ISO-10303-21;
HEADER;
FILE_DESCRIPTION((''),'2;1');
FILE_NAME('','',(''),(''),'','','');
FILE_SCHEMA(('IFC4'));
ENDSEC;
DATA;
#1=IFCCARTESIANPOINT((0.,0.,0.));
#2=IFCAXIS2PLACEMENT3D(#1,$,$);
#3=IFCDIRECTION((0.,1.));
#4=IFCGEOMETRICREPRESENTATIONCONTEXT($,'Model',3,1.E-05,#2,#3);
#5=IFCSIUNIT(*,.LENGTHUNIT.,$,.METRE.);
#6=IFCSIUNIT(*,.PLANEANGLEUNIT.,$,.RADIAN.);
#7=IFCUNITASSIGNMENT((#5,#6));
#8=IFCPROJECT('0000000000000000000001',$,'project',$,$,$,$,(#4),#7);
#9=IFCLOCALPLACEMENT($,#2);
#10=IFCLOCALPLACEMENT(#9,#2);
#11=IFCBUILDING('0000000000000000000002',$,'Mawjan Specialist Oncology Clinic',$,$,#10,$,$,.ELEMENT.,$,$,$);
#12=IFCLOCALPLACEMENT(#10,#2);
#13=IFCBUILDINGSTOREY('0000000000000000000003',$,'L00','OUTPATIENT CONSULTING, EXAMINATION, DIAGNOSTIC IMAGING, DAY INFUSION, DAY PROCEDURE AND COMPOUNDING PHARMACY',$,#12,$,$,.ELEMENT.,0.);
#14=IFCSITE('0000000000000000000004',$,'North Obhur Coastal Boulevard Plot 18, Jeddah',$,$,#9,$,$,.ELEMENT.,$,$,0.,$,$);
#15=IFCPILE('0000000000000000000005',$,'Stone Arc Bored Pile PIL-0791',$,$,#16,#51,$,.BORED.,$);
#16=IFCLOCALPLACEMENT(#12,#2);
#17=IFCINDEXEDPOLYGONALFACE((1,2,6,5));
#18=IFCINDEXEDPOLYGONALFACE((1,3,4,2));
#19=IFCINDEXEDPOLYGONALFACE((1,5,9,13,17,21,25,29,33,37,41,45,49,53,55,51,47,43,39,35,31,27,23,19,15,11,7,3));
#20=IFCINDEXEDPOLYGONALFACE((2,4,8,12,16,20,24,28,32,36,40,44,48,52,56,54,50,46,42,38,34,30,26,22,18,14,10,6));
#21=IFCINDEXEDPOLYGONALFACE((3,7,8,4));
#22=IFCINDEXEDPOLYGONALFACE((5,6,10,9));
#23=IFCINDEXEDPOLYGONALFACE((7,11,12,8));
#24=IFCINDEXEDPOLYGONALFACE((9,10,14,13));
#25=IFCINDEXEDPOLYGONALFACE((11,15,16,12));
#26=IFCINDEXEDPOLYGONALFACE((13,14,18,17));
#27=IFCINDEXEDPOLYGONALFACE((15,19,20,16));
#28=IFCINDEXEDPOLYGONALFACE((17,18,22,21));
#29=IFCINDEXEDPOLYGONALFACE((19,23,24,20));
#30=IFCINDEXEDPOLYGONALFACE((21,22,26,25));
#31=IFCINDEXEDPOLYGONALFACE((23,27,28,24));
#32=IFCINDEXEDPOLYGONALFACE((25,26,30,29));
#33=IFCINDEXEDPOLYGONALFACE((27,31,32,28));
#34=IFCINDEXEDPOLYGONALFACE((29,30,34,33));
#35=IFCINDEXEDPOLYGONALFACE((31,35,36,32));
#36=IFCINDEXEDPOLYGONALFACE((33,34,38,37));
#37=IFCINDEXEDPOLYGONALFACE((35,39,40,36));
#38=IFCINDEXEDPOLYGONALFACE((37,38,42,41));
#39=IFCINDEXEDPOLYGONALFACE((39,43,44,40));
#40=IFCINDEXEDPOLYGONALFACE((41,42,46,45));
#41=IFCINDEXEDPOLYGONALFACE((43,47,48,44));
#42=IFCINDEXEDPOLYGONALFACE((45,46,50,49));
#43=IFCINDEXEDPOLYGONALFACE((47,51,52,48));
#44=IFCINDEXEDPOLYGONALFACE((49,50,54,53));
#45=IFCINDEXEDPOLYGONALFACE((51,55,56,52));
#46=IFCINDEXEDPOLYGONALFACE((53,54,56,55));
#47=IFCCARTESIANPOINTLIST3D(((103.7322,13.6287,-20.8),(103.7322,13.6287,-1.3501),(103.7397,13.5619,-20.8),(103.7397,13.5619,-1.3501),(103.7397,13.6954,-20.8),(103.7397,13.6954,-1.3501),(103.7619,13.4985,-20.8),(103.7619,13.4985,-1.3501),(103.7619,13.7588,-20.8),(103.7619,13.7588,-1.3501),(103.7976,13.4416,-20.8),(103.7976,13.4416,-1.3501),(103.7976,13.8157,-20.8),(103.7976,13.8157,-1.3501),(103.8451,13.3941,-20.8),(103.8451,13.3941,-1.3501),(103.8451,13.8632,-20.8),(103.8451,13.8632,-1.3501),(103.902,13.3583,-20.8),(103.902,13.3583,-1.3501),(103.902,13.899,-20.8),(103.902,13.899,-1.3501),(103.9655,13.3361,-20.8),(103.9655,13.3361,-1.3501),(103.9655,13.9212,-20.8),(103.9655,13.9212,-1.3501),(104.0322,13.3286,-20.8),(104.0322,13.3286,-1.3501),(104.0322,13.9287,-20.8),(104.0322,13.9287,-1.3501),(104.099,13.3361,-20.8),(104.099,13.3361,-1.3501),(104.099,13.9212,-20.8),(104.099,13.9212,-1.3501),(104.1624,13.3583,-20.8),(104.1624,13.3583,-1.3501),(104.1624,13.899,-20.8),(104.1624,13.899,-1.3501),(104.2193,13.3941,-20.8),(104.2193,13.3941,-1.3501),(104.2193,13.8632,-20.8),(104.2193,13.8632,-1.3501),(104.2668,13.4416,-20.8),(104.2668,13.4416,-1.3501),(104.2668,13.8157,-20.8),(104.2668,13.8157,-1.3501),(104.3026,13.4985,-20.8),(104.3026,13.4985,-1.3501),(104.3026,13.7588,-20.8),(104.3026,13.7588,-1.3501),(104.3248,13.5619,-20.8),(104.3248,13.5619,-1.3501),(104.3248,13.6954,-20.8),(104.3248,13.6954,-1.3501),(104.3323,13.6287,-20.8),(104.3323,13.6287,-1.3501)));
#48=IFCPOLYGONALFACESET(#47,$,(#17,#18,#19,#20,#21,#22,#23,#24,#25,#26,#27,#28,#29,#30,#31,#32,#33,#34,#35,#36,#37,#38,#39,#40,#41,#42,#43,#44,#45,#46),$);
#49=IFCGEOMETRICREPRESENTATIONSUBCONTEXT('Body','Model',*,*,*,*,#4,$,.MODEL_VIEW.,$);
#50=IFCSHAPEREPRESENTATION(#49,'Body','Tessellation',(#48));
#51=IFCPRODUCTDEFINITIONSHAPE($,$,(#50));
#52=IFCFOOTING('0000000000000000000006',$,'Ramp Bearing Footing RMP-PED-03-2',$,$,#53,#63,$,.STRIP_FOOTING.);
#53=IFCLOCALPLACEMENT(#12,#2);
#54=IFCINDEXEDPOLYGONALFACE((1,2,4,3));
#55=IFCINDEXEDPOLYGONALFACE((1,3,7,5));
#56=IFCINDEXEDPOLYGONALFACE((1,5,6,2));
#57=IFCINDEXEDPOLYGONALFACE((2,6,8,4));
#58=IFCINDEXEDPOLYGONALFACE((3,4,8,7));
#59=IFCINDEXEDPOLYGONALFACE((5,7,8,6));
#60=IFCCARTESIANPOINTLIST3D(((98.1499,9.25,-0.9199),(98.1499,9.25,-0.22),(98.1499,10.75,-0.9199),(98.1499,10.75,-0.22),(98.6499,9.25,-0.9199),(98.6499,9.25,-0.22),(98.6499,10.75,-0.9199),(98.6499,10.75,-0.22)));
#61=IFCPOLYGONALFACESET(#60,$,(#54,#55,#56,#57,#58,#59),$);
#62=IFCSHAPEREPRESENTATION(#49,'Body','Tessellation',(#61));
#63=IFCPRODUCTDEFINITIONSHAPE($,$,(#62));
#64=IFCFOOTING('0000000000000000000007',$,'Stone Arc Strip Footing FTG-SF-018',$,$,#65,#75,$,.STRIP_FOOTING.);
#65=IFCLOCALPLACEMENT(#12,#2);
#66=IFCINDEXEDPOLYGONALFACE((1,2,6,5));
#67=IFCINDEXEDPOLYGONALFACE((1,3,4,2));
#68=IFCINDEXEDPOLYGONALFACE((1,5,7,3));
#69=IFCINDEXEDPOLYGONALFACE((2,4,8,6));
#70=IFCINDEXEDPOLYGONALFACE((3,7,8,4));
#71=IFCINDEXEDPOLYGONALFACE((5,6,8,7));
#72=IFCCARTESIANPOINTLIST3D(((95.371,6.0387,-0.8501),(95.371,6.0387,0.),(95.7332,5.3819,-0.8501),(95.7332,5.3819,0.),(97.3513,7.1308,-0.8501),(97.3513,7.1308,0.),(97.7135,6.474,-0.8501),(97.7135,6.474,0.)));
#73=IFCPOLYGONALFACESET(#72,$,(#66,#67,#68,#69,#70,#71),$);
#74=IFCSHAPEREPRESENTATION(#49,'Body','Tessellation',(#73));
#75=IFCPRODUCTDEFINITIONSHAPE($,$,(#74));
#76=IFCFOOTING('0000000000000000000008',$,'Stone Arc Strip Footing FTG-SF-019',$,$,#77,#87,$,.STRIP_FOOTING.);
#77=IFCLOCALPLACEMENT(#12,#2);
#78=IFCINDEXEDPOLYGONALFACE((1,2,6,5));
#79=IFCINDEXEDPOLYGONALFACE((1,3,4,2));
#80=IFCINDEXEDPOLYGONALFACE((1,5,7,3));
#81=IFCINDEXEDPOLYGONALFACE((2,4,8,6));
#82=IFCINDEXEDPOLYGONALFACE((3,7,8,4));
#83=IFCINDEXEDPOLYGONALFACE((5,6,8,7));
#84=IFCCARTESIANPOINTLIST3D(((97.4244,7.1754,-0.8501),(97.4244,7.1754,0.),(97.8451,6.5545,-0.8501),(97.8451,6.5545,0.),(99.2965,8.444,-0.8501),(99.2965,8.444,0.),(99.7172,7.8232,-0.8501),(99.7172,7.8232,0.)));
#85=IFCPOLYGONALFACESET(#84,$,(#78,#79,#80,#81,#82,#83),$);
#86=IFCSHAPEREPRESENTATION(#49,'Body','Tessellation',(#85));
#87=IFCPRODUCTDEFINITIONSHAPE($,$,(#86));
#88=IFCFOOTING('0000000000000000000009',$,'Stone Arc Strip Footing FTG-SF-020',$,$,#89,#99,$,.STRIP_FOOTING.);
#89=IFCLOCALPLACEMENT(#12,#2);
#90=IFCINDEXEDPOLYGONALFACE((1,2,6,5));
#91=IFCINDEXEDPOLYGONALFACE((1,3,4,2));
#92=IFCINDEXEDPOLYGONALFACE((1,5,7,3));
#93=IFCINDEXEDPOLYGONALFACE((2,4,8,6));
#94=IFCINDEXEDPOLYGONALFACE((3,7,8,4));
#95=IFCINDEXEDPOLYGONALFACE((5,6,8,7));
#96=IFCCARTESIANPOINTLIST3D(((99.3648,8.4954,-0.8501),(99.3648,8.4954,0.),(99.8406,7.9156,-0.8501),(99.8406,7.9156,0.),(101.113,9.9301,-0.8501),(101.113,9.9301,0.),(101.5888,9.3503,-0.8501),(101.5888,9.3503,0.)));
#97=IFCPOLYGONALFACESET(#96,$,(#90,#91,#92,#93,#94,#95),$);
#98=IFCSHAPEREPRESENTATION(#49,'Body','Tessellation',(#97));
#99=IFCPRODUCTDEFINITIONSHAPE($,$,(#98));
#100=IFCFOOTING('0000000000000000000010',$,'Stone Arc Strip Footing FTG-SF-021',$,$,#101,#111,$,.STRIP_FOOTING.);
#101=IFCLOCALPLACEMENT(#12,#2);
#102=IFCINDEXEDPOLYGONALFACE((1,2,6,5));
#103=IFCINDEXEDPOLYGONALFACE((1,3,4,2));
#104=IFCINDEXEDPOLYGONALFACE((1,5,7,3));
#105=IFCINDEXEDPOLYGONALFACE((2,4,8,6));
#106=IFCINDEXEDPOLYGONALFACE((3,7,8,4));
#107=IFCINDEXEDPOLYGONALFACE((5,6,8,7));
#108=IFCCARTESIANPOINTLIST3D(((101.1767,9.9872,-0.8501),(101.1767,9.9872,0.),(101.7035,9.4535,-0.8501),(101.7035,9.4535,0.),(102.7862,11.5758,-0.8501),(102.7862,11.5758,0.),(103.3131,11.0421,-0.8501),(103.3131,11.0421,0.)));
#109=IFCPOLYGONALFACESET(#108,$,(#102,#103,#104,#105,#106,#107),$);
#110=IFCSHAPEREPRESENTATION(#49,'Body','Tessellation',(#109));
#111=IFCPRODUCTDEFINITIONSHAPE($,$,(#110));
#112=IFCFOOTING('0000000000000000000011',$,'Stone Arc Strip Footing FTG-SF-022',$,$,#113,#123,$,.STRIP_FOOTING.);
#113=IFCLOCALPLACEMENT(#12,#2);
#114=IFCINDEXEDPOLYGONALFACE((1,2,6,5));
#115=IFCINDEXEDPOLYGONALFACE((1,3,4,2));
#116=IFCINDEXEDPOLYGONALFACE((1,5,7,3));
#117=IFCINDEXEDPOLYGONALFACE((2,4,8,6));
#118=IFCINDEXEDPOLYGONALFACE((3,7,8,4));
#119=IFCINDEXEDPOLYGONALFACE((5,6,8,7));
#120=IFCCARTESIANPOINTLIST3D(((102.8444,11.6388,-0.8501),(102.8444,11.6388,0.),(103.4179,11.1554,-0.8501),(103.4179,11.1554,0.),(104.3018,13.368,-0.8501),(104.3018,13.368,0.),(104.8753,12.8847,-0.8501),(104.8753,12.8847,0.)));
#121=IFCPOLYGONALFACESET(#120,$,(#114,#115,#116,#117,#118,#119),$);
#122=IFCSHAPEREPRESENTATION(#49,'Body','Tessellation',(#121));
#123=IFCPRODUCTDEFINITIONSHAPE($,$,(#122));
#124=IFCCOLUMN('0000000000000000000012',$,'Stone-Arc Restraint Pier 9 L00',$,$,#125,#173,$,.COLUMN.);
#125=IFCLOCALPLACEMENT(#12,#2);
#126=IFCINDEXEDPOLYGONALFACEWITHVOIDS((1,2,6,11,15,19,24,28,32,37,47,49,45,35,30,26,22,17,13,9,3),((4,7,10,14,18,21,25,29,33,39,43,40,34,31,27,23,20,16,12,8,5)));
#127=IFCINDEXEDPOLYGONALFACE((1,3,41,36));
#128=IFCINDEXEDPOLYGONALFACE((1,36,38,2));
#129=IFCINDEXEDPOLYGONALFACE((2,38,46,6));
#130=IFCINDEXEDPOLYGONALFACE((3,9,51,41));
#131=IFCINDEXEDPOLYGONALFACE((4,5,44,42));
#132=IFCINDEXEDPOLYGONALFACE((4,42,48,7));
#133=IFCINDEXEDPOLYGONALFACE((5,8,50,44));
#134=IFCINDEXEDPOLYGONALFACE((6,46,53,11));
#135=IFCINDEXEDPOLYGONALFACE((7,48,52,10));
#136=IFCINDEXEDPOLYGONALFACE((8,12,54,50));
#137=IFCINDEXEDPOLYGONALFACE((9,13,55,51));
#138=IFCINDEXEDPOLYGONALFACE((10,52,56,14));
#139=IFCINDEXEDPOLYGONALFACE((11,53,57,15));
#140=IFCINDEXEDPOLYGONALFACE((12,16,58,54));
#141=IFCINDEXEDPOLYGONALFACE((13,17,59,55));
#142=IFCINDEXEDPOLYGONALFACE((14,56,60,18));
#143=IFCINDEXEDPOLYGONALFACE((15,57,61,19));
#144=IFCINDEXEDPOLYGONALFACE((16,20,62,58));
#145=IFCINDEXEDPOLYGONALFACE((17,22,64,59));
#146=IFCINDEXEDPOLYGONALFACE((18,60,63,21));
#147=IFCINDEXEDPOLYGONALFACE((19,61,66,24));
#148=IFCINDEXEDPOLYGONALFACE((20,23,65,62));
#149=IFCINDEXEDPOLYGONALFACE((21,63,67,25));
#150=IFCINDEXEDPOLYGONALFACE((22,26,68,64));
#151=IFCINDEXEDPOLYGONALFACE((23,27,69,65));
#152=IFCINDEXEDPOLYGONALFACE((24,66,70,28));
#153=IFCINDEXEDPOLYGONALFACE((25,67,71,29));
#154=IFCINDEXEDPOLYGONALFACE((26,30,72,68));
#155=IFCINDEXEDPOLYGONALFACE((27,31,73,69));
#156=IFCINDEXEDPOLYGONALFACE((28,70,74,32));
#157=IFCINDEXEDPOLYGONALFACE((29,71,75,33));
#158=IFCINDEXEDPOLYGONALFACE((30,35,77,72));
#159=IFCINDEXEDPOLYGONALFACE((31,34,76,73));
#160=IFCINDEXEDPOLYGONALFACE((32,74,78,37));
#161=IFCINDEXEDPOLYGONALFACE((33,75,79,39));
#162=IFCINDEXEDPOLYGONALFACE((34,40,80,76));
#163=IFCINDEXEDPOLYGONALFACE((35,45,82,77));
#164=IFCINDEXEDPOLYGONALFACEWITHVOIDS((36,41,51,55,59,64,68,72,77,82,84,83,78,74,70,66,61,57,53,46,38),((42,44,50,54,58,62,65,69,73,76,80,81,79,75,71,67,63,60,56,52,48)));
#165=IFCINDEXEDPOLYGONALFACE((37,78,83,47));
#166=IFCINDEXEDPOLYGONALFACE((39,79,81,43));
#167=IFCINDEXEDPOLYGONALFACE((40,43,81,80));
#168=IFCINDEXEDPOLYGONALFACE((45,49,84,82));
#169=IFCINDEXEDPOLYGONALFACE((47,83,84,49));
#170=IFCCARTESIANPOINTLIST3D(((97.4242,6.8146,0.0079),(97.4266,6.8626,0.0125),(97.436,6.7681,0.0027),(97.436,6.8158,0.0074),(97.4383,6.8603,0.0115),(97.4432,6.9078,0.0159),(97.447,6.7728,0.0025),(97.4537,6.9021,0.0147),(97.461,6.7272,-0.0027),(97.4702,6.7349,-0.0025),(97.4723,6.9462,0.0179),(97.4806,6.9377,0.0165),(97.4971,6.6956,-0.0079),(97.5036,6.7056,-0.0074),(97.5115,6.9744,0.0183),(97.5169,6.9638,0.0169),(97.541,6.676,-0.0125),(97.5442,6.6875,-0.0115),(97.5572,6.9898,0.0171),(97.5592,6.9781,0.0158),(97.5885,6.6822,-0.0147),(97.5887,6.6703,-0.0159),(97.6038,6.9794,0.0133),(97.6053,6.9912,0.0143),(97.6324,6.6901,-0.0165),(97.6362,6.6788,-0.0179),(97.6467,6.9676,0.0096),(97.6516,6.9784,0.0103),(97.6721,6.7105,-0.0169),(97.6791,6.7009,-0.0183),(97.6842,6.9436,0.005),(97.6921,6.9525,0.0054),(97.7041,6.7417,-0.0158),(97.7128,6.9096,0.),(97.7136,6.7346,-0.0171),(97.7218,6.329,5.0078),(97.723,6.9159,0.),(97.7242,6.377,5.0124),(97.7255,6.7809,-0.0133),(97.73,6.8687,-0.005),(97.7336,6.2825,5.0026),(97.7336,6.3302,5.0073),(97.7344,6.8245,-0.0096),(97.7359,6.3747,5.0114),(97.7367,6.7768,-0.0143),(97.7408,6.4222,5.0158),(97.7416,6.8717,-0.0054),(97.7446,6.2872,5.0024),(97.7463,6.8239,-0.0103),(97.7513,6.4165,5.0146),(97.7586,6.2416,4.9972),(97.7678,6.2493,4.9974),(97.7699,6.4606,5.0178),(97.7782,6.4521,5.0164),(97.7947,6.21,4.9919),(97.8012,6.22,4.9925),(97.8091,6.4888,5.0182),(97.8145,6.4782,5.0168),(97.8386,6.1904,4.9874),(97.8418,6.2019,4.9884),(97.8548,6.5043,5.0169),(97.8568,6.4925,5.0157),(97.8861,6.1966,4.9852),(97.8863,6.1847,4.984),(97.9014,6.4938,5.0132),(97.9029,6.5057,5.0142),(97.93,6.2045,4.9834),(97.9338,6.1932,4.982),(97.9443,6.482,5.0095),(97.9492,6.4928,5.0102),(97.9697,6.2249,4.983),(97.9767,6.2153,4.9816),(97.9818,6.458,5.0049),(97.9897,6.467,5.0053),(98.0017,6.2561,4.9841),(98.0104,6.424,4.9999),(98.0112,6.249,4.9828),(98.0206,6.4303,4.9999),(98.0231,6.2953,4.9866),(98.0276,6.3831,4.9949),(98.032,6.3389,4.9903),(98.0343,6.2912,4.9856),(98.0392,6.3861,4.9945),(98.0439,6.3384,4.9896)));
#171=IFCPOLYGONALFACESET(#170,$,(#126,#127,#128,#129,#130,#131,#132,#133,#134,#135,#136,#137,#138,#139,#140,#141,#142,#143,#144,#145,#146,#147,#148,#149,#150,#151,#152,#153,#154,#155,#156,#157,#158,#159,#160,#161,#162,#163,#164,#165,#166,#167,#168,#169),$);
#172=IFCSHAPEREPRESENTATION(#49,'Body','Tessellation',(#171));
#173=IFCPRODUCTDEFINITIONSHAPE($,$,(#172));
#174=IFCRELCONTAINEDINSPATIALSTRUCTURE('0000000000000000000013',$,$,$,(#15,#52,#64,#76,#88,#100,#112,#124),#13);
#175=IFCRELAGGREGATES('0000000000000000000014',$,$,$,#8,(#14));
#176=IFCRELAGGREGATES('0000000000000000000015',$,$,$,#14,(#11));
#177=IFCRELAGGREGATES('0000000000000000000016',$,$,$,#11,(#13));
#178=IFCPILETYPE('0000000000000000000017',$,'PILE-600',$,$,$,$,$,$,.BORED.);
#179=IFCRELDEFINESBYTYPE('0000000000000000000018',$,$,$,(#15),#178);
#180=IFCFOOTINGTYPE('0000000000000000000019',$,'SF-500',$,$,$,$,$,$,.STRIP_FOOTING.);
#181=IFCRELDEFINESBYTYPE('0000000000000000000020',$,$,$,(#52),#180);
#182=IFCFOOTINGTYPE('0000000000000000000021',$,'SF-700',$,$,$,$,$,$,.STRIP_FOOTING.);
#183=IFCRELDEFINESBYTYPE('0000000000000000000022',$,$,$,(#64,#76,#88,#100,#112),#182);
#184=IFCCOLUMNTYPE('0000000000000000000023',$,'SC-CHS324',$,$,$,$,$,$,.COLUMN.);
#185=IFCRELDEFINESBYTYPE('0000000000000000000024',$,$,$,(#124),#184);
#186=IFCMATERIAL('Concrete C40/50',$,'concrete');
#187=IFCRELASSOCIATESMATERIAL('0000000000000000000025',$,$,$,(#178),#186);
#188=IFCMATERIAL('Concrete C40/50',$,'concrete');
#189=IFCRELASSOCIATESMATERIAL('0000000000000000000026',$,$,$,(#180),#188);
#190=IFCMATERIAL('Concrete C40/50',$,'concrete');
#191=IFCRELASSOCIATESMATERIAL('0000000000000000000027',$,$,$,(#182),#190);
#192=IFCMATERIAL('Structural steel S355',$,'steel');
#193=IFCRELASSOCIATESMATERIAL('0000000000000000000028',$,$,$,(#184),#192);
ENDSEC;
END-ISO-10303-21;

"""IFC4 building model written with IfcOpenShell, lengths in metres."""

from ifc_helpers import new_model, si_unit, direction, frame, origin, origin_2d, place, context, subcontext, project, spatial, rectangle, circle, hollow_circle, extrude, material, material_profile, profile_set, type_object, element, save


model = new_model("IFC4")

# Units and contexts
model_context = context("Model", 3, precision=1e-05, world=origin(), true_north=direction((0.0, 1.0)))
body_context = subcontext(model_context, "Body", "Model", "MODEL_VIEW")
ifc_project = project(units=[si_unit("LENGTHUNIT", "METRE"), si_unit("PLANEANGLEUNIT", "RADIAN")], contexts=[model_context])

# Site, building, storey
site_placement = place(None, origin())
site = spatial("IfcSite", under=ifc_project, at=site_placement, Name="North Obhur Coastal Boulevard Plot 18, Jeddah", CompositionType="ELEMENT", RefElevation=0.0)
building_placement = place(site_placement, origin())
building = spatial("IfcBuilding", under=site, at=building_placement, Name="Mawjan Specialist Oncology Clinic", CompositionType="ELEMENT")
storey_placement = place(building_placement, origin())
storey = spatial("IfcBuildingStorey", under=building, at=storey_placement, Name="L00", Description="OUTPATIENT CONSULTING, EXAMINATION, DIAGNOSTIC IMAGING, DAY INFUSION, DAY PROCEDURE AND COMPOUNDING PHARMACY", CompositionType="ELEMENT", Elevation=0.0)

# Pile
ifc_material_1 = material(Name="Concrete C40/50", Category="concrete")
ifc_material_profile_1 = material_profile(ifc_material_1, circle(Radius=0.3, at=origin_2d()), Name="BORED PILE D600", Category="concrete")
ifc_profile_set_1 = profile_set([ifc_material_profile_1], Name="Concrete C40/50")
pile_type = type_object("IfcPileType", Name="PILE-600", PredefinedType="BORED", material=ifc_profile_set_1)
for number, where, z_axis, x_axis, name in (
    (1, (104.0322, 13.6287, -1.3501), (0.0, 0.0, -1.0), (1.0, 0.0, 0.0), "Stone Arc Bored Pile PIL-0791"),
):
    element("IfcPile", number, at=place(storey_placement, frame(where, z_axis=z_axis, x_axis=x_axis)), inside=storey, type_object=pile_type, Name=name, PredefinedType="BORED", context=body_context, shape_type="SweptSolid", body=[
        extrude(circle(Radius=0.3, at=origin_2d()), origin(), (0.0, 0.0, 1.0), 19.45),
    ])

# Footings
ifc_material_2 = material(Name="Concrete C40/50", Category="concrete")
footing_type_1 = type_object("IfcFootingType", Name="SF-500", PredefinedType="STRIP_FOOTING", material=ifc_material_2)
footing_placement = place(storey_placement, frame((98.3999, 10.0, -0.9199), z_axis=(0.0, 0.0, 1.0), x_axis=(1.0, 0.0, 0.0)))
element("IfcFooting", 2, at=footing_placement, inside=storey, type_object=footing_type_1, Name="Ramp Bearing Footing RMP-PED-03-2", PredefinedType="STRIP_FOOTING", context=body_context, shape_type="SweptSolid", body=[
    extrude(rectangle(XDim=0.5, YDim=1.5, at=origin_2d()), origin(), (0.0, 0.0, 1.0), 0.7),
])
ifc_material_3 = material(Name="Concrete C40/50", Category="concrete")
footing_type_2 = type_object("IfcFootingType", Name="SF-700", PredefinedType="STRIP_FOOTING", material=ifc_material_3)
for number, where, z_axis, x_axis, name in (
    (3, (96.5422, 6.2563, -0.8501), (0.0, 0.0, 1.0), (-0.875675, -0.4829, 0.0), "Stone Arc Strip Footing FTG-SF-018"),
    (4, (98.5708, 7.4993, -0.8501), (0.0, 0.0, 1.0), (-0.827816, -0.561, 0.0), "Stone Arc Strip Footing FTG-SF-019"),
    (5, (100.4768, 8.9229, -0.8501), (0.0, 0.0, 1.0), (-0.77301, -0.634393, 0.0), "Stone Arc Strip Footing FTG-SF-020"),
    (6, (102.2449, 10.5146, -0.8501), (0.0, 0.0, 1.0), (-0.71172, -0.702464, 0.0), "Stone Arc Strip Footing FTG-SF-021"),
    (7, (103.8599, 12.2617, -0.8501), (0.0, 0.0, 1.0), (-0.644457, -0.76464, 0.0), "Stone Arc Strip Footing FTG-SF-022"),
):
    element("IfcFooting", number, at=place(storey_placement, frame(where, z_axis=z_axis, x_axis=x_axis)), inside=storey, type_object=footing_type_2, Name=name, PredefinedType="STRIP_FOOTING", context=body_context, shape_type="SweptSolid", body=[
        extrude(rectangle(XDim=2.2615, YDim=0.75, at=origin_2d()), origin(), (0.0, 0.0, 1.0), 0.8501),
    ])

# Column
ifc_material_4 = material(Name="Structural steel S355", Category="steel")
ifc_material_profile_2 = material_profile(ifc_material_4, hollow_circle(Radius=0.1619, WallThickness=0.012, at=origin_2d()), Name="CHS 323.9x12", Category="steel")
ifc_profile_set_2 = profile_set([ifc_material_profile_2], Name="Structural steel S355")
column_type = type_object("IfcColumnType", Name="SC-CHS324", PredefinedType="COLUMN", material=ifc_profile_set_2)
for number, where, z_axis, x_axis, name in (
    (8, (97.585, 6.8313, 0.0), (0.059139, -0.096495, 0.993575), (0.852614, 0.522542, 0.0), "Stone-Arc Restraint Pier 9 L00"),
):
    element("IfcColumn", number, at=place(storey_placement, frame(where, z_axis=z_axis, x_axis=x_axis)), inside=storey, type_object=column_type, Name=name, PredefinedType="COLUMN", context=body_context, shape_type="SweptSolid", body=[
        extrude(hollow_circle(Radius=0.1619, WallThickness=0.012, at=origin_2d()), origin(), (0.0, 0.0, 1.0), 5.0322),
    ])

save(model, "model.ifc")
